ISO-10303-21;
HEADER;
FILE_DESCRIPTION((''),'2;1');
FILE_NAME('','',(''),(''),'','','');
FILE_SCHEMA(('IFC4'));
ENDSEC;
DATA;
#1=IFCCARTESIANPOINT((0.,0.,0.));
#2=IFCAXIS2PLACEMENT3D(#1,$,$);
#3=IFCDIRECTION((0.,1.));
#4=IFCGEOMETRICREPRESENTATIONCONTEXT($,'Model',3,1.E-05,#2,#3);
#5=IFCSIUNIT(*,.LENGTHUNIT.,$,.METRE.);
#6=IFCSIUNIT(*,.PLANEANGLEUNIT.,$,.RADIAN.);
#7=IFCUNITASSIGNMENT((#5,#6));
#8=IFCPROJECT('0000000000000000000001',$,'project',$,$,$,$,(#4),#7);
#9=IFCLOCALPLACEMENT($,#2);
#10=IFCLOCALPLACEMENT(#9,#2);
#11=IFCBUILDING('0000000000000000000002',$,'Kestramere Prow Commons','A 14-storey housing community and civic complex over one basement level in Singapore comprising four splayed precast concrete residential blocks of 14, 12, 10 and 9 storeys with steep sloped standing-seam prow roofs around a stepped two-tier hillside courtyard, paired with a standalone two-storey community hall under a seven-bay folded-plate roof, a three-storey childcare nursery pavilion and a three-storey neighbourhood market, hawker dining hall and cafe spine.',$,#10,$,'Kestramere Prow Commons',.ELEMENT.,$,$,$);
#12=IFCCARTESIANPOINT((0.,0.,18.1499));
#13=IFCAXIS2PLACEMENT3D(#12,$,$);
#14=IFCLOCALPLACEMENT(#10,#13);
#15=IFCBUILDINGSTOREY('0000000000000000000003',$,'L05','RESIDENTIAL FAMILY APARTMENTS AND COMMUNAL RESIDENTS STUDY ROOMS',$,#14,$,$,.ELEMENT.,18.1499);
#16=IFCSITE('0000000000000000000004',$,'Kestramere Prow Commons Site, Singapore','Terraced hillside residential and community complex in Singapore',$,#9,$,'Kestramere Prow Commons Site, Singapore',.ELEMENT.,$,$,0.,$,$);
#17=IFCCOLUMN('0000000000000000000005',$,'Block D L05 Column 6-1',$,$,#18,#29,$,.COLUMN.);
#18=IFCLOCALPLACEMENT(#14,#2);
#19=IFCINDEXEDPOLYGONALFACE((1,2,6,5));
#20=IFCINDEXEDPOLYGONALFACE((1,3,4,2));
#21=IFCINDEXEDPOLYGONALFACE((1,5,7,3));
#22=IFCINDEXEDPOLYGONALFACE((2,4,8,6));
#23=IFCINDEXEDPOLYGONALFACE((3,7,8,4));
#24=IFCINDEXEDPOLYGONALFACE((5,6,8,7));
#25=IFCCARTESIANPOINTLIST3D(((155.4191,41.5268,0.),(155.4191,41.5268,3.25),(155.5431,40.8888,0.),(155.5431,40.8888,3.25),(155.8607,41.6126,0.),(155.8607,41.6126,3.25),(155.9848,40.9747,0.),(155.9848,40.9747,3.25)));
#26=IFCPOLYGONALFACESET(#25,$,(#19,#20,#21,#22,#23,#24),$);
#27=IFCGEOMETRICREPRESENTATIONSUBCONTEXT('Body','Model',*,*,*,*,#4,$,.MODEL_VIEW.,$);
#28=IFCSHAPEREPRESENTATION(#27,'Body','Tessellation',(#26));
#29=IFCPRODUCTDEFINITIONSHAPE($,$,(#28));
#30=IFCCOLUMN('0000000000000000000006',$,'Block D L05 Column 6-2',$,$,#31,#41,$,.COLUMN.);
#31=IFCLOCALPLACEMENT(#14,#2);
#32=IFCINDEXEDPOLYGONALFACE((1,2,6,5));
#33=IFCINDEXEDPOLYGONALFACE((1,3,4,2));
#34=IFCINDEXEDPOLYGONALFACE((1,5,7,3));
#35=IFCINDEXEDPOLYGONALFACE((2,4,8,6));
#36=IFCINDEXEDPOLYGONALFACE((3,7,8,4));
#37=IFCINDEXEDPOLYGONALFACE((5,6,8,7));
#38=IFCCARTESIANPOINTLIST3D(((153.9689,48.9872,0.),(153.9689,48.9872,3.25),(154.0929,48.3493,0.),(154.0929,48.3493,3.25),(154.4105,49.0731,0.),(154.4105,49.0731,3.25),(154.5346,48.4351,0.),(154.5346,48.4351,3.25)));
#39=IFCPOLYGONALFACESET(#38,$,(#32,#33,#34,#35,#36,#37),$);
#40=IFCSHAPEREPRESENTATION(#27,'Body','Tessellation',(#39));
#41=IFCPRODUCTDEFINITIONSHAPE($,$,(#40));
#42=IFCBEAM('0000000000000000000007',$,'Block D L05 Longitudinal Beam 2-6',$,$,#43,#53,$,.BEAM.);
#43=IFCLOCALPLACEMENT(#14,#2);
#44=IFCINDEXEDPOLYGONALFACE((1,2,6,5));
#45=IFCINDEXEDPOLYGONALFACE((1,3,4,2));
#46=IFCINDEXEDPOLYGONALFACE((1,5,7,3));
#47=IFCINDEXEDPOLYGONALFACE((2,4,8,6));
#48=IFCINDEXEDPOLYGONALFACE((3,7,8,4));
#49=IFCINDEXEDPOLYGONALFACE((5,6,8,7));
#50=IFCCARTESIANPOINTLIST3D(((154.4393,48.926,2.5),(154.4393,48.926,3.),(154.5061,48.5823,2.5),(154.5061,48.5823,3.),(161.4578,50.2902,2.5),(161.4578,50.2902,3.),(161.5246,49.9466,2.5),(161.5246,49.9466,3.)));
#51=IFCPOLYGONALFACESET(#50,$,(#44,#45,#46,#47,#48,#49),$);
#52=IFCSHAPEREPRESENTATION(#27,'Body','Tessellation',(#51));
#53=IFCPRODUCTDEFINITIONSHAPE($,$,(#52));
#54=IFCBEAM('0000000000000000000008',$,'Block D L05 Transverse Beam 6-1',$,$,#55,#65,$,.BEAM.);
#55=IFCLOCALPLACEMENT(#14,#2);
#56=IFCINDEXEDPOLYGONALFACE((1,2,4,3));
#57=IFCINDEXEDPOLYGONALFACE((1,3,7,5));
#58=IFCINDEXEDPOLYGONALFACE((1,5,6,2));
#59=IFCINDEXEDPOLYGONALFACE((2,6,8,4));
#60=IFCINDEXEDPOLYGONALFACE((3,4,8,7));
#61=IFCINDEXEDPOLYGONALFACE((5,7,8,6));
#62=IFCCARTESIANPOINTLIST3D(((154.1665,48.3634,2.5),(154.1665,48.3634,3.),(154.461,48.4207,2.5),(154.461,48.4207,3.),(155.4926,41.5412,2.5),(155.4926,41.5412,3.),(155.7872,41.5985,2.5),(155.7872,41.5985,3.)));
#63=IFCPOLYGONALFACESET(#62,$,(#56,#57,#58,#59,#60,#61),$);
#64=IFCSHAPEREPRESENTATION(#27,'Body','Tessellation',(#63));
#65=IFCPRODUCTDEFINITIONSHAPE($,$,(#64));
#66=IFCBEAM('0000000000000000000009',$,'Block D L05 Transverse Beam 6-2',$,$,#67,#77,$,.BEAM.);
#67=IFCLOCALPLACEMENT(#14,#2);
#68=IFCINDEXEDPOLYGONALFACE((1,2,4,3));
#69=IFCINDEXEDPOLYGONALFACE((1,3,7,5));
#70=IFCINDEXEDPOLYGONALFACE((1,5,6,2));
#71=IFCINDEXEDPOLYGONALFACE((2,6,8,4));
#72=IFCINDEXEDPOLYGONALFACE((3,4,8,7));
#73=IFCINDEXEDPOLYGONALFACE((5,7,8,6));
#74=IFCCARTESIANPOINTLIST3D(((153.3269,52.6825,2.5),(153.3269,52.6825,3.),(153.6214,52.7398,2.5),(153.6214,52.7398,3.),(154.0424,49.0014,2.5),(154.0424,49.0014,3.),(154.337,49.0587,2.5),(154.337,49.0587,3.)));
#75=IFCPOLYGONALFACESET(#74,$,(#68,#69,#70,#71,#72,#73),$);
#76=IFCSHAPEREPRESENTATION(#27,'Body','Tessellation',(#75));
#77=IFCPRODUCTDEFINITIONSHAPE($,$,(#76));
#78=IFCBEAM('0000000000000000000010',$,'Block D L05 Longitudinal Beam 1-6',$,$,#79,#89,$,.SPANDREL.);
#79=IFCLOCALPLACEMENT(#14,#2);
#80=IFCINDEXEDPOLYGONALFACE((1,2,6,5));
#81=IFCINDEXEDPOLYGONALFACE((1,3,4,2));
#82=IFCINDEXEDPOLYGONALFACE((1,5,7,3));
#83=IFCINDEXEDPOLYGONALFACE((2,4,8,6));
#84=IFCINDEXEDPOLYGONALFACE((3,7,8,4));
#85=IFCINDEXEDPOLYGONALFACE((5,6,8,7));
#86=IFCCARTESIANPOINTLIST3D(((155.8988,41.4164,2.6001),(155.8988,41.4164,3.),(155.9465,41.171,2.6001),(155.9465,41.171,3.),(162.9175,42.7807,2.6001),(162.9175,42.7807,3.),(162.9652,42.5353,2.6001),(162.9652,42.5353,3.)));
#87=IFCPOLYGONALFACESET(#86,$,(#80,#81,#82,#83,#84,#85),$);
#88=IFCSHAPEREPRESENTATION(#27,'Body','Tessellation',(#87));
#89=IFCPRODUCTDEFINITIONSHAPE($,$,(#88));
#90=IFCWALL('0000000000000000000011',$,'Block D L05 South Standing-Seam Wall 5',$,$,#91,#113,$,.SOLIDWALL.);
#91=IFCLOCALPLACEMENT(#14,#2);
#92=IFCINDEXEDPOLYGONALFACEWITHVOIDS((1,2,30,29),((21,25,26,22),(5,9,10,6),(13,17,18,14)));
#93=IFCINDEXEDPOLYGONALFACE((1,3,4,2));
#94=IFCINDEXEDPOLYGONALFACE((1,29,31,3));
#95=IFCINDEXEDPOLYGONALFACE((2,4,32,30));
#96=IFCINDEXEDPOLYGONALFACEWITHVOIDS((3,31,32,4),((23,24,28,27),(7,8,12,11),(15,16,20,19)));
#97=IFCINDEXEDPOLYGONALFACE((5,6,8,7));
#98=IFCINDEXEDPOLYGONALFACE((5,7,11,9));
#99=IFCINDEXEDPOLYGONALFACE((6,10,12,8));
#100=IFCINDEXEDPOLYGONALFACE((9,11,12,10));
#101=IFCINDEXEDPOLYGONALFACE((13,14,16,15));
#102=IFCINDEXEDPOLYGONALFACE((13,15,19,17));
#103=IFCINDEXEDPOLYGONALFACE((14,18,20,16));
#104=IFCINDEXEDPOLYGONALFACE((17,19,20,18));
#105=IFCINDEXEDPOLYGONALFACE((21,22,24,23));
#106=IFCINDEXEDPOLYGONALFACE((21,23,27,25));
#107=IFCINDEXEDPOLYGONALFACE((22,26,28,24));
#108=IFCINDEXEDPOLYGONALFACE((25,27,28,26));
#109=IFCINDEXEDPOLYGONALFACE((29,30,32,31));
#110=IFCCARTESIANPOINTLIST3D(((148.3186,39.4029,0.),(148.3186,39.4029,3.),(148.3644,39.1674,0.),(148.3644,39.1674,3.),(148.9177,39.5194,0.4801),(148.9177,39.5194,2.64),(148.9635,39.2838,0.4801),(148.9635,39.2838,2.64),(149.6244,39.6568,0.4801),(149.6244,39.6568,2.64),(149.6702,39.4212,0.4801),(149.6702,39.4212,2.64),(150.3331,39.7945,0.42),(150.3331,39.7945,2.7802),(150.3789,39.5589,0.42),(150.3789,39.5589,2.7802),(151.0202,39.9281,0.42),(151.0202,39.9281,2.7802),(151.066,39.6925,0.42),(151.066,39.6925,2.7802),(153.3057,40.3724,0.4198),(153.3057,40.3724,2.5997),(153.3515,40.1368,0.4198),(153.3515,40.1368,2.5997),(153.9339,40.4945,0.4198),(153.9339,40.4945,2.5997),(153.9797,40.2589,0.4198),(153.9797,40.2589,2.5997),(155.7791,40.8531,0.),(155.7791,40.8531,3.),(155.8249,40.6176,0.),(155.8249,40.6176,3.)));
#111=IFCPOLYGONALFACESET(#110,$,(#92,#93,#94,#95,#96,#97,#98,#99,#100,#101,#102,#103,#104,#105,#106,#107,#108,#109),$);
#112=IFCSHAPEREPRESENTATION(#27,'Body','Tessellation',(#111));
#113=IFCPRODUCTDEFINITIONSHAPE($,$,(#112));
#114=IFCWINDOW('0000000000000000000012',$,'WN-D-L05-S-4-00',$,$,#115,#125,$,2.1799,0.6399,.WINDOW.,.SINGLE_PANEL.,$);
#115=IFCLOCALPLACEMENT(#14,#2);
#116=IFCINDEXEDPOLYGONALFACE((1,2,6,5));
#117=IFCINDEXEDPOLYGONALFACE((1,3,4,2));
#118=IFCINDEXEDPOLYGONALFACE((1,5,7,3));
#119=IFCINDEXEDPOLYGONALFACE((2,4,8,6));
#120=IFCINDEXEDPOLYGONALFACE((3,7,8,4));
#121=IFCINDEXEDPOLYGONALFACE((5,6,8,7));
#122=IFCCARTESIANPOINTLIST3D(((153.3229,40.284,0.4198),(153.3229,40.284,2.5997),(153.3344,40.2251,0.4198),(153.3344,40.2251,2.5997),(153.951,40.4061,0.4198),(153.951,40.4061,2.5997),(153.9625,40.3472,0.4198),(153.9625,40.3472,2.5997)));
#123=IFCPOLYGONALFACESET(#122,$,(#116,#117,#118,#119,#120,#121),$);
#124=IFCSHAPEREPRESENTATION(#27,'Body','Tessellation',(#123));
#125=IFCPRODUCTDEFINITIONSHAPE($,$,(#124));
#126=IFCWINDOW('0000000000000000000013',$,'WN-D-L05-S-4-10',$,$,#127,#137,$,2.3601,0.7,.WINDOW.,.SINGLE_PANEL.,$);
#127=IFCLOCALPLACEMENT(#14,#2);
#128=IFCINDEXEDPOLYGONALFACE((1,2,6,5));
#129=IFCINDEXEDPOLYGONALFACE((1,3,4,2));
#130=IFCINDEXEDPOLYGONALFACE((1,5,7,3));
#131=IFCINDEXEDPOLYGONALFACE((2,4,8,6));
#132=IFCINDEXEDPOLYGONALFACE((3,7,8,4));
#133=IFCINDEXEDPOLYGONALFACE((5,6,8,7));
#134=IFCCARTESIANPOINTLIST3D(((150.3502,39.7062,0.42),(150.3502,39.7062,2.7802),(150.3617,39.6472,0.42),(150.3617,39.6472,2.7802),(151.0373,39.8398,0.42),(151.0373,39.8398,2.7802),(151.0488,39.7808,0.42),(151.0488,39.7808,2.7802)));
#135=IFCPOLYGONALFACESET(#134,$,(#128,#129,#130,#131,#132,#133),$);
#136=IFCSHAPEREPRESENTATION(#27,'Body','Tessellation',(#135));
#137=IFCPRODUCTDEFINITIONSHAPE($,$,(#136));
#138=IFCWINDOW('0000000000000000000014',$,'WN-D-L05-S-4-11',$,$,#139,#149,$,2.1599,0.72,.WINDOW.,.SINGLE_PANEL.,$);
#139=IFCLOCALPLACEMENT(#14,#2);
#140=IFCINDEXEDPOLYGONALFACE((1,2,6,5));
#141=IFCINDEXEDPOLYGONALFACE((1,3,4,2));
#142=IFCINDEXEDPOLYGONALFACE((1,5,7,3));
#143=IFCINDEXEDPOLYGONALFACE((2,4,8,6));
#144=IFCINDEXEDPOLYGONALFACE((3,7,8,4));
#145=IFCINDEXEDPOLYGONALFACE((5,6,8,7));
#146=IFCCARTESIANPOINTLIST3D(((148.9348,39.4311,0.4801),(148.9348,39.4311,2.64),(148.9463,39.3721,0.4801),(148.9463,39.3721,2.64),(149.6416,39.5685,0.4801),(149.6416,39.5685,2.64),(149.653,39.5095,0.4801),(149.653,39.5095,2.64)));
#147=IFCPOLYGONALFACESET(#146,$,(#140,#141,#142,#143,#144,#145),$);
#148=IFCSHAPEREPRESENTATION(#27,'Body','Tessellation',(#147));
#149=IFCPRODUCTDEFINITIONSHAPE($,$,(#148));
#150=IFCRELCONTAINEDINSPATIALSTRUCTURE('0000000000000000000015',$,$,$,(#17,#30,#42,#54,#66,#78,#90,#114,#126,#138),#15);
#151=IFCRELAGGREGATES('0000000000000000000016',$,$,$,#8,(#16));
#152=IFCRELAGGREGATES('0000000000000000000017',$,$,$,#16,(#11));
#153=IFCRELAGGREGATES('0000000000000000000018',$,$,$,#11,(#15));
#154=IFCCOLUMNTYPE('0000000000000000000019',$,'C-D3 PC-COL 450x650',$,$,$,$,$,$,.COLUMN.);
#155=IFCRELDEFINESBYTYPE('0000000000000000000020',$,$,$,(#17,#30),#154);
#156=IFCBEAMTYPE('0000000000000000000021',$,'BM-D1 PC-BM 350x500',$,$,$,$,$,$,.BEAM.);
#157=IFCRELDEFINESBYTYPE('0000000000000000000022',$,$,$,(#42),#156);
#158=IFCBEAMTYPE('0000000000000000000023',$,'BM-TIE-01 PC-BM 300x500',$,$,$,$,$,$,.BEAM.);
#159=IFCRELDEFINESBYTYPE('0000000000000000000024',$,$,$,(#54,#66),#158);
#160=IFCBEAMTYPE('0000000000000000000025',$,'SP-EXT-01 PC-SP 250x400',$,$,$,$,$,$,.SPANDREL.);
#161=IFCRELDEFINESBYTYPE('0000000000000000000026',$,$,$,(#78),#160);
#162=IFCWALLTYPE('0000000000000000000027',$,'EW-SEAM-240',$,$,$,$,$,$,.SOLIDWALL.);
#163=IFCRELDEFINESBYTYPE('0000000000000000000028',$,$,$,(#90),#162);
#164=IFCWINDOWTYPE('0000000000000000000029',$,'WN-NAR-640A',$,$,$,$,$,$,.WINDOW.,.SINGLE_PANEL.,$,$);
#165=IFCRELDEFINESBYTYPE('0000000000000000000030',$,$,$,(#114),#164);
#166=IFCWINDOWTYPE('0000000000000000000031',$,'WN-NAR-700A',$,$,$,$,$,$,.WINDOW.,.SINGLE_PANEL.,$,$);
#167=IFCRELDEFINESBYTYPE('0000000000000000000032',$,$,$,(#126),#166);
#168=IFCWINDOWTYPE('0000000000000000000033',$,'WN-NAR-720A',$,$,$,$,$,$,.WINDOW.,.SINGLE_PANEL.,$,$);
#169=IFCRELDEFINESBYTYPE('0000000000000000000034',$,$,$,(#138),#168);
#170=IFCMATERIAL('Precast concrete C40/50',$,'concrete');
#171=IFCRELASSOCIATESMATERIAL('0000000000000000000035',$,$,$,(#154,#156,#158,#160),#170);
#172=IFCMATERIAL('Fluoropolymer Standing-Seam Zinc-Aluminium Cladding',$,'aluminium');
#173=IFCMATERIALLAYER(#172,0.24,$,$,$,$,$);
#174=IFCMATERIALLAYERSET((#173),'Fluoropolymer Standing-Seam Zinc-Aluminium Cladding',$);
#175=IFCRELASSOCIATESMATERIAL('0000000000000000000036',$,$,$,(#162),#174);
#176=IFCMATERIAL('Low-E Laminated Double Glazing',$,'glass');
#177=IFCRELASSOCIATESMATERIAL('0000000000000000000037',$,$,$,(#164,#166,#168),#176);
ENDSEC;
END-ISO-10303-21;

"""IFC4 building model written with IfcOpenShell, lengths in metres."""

from ifc_helpers import new_model, si_unit, direction, frame, frame_2d, origin, origin_2d, place, context, subcontext, project, spatial, rectangle, extrude, material, layer, layer_set, material_profile, profile_set, type_object, element, fill, save


model = new_model("IFC4")

# Units and contexts
model_context = context("Model", 3, precision=1e-05, world=origin(), true_north=direction((0.0, 1.0)))
body_context = subcontext(model_context, "Body", "Model", "MODEL_VIEW")
ifc_project = project(units=[si_unit("LENGTHUNIT", "METRE"), si_unit("PLANEANGLEUNIT", "RADIAN")], contexts=[model_context])

# Site, building, storey
site_placement = place(None, origin())
site = spatial("IfcSite", under=ifc_project, at=site_placement, Name="Kestramere Prow Commons Site, Singapore", Description="Terraced hillside residential and community complex in Singapore", LongName="Kestramere Prow Commons Site, Singapore", CompositionType="ELEMENT", RefElevation=0.0)
building_placement = place(site_placement, origin())
building = spatial("IfcBuilding", under=site, at=building_placement, Name="Kestramere Prow Commons", Description="A 14-storey housing community and civic complex over one basement level in Singapore comprising four splayed precast concrete residential blocks of 14, 12, 10 and 9 storeys with steep sloped standing-seam prow roofs around a stepped two-tier hillside courtyard, paired with a standalone two-storey community hall under a seven-bay folded-plate roof, a three-storey childcare nursery pavilion and a three-storey neighbourhood market, hawker dining hall and cafe spine.", LongName="Kestramere Prow Commons", CompositionType="ELEMENT")
storey_placement = place(building_placement, frame((0.0, 0.0, 18.1499)))
storey = spatial("IfcBuildingStorey", under=building, at=storey_placement, Name="L05", Description="RESIDENTIAL FAMILY APARTMENTS AND COMMUNAL RESIDENTS STUDY ROOMS", CompositionType="ELEMENT", Elevation=18.1499)

# Columns
ifc_material_1 = material(Name="Precast concrete C40/50", Category="concrete")
ifc_material_profile_1 = material_profile(ifc_material_1, rectangle(XDim=0.45, YDim=0.6499, at=origin_2d()), Name="PC-COL 450x650")
ifc_profile_set_1 = profile_set([ifc_material_profile_1], Name="Precast concrete C40/50")
column_type = type_object("IfcColumnType", Name="C-D3 PC-COL 450x650", PredefinedType="COLUMN", material=ifc_profile_set_1)
for number, where, z_axis, x_axis, name in (
    (1, (155.7019, 41.2507, 0.0), (0.0, 0.0, 1.0), (0.981627, 0.190809, 0.0), "Block D L05 Column 6-1"),
    (2, (154.2517, 48.7112, 0.0), (0.0, 0.0, 1.0), (0.981627, 0.190809, 0.0), "Block D L05 Column 6-2"),
):
    element("IfcColumn", number, at=place(storey_placement, frame(where, z_axis=z_axis, x_axis=x_axis)), inside=storey, type_object=column_type, Name=name, PredefinedType="COLUMN", context=body_context, shape_type="SweptSolid", body=[
        extrude(rectangle(XDim=0.45, YDim=0.6499, at=origin_2d()), origin(), (0.0, 0.0, 1.0), 3.25),
    ])

# Beams
ifc_material_profile_2 = material_profile(ifc_material_1, rectangle(XDim=0.3501, YDim=0.5, at=origin_2d()), Name="PC-BM 350x500")
ifc_profile_set_2 = profile_set([ifc_material_profile_2], Name="Precast concrete C40/50")
beam_type_1 = type_object("IfcBeamType", Name="BM-D1 PC-BM 350x500", PredefinedType="BEAM", material=ifc_profile_set_2)
beam_1_placement = place(storey_placement, frame((154.4727, 48.7542, 2.75), z_axis=(0.981627, 0.190808, 0.0), x_axis=(-0.190808, 0.981627, 0.0)))
element("IfcBeam", 3, at=beam_1_placement, inside=storey, type_object=beam_type_1, Name="Block D L05 Longitudinal Beam 2-6", PredefinedType="BEAM", context=body_context, shape_type="SweptSolid", body=[
    extrude(rectangle(XDim=0.3501, YDim=0.5, at=origin_2d()), origin(), (0.0, 0.0, 1.0), 7.1499),
])
ifc_material_profile_3 = material_profile(ifc_material_1, rectangle(XDim=0.3, YDim=0.5, at=origin_2d()), Name="PC-BM 300x500")
ifc_profile_set_3 = profile_set([ifc_material_profile_3], Name="Precast concrete C40/50")
beam_type_2 = type_object("IfcBeamType", Name="BM-TIE-01 PC-BM 300x500", PredefinedType="BEAM", material=ifc_profile_set_3)
beam_2_placement = place(storey_placement, frame((155.6399, 41.5698, 2.75), z_axis=(-0.190817, 0.981626, 0.0), x_axis=(-0.981626, -0.190817, 0.0)))
element("IfcBeam", 4, at=beam_2_placement, inside=storey, type_object=beam_type_2, Name="Block D L05 Transverse Beam 6-1", PredefinedType="BEAM", context=body_context, shape_type="SweptSolid", body=[
    extrude(rectangle(XDim=0.3, YDim=0.5, at=origin_2d()), origin(), (0.0, 0.0, 1.0), 6.95),
])
beam_3_placement = place(storey_placement, frame((154.1897, 49.03, 2.75), z_axis=(-0.190817, 0.981626, 0.0), x_axis=(-0.981626, -0.190817, 0.0)))
element("IfcBeam", 5, at=beam_3_placement, inside=storey, type_object=beam_type_2, Name="Block D L05 Transverse Beam 6-2", PredefinedType="BEAM", context=body_context, shape_type="SweptSolid", body=[
    extrude(rectangle(XDim=0.3, YDim=0.5, at=origin_2d()), origin(), (0.0, 0.0, 1.0), 3.75),
])
ifc_material_profile_4 = material_profile(ifc_material_1, rectangle(XDim=0.25, YDim=0.3999, at=origin_2d()), Name="PC-SP 250x400")
ifc_profile_set_4 = profile_set([ifc_material_profile_4], Name="Precast concrete C40/50")
beam_type_3 = type_object("IfcBeamType", Name="SP-EXT-01 PC-SP 250x400", PredefinedType="SPANDREL", material=ifc_profile_set_4)
beam_4_placement = place(storey_placement, frame((155.9226, 41.2937, 2.8), z_axis=(0.981629, 0.190801, 0.0), x_axis=(-0.190801, 0.981629, 0.0)))
element("IfcBeam", 6, at=beam_4_placement, inside=storey, type_object=beam_type_3, Name="Block D L05 Longitudinal Beam 1-6", PredefinedType="SPANDREL", context=body_context, shape_type="SweptSolid", body=[
    extrude(rectangle(XDim=0.25, YDim=0.3999, at=origin_2d()), origin(), (0.0, 0.0, 1.0), 7.1501),
])

# Wall, openings, windows
ifc_material_2 = material(Name="Fluoropolymer Standing-Seam Zinc-Aluminium Cladding", Category="aluminium")
ifc_layer_1 = layer(ifc_material_2, 0.24)
ifc_layer_set_1 = layer_set([ifc_layer_1], Name="Fluoropolymer Standing-Seam Zinc-Aluminium Cladding")
wall_type_1 = type_object("IfcWallType", Name="EW-SEAM-240", PredefinedType="SOLIDWALL", material=ifc_layer_set_1)
wall_1_placement = place(storey_placement, frame((155.802, 40.7354, 0.0), z_axis=(0.0, 0.0, 1.0), x_axis=(-0.981626, -0.190813, 0.0)))
wall_1 = element("IfcWall", 7, at=wall_1_placement, inside=storey, type_object=wall_type_1, Name="Block D L05 South Standing-Seam Wall 5", PredefinedType="SOLIDWALL", context=body_context, shape_type="SweptSolid", body=[
    extrude(rectangle(XDim=7.6001, YDim=0.24, at=frame_2d((3.8, 0.0))), origin(), (0.0, 0.0, 1.0), 3.0),
])
opening_1_placement = place(wall_1_placement, frame((1.8799, 0.0, 0.4199)))
opening_1 = element("IfcOpeningElement", 8, at=opening_1_placement, cuts=wall_1, PredefinedType="OPENING", context=body_context, shape_type="SweptSolid", body=[
    extrude(rectangle(XDim=0.6399, YDim=2.1799, at=frame_2d((0.3198, 1.0898))), frame((0.0, 0.135, 0.0), z_axis=(0.0, -1.0, 0.0), x_axis=(1.0, 0.0, 0.0)), (0.0, 0.0, 1.0), 0.27),
])
opening_2_placement = place(wall_1_placement, frame((4.8479, 0.0, 0.4199)))
opening_2 = element("IfcOpeningElement", 9, at=opening_2_placement, cuts=wall_1, PredefinedType="OPENING", context=body_context, shape_type="SweptSolid", body=[
    extrude(rectangle(XDim=0.7, YDim=2.3601, at=frame_2d((0.3501, 1.1802))), frame((0.0, 0.135, 0.0), z_axis=(0.0, -1.0, 0.0), x_axis=(1.0, 0.0, 0.0)), (0.0, 0.0, 1.0), 0.27),
])
opening_3_placement = place(wall_1_placement, frame((6.27, 0.0, 0.48)))
opening_3 = element("IfcOpeningElement", 10, at=opening_3_placement, cuts=wall_1, PredefinedType="OPENING", context=body_context, shape_type="SweptSolid", body=[
    extrude(rectangle(XDim=0.72, YDim=2.1599, at=frame_2d((0.3599, 1.0801))), frame((0.0, 0.135, 0.0), z_axis=(0.0, -1.0, 0.0), x_axis=(1.0, 0.0, 0.0)), (0.0, 0.0, 1.0), 0.27),
])
ifc_material_3 = material(Name="Low-E Laminated Double Glazing", Category="glass")
window_type_1 = type_object("IfcWindowType", Name="WN-NAR-640A", PartitioningType="SINGLE_PANEL", PredefinedType="WINDOW", material=ifc_material_3)
window_1_placement = place(opening_1_placement, origin())
window_1 = element("IfcWindow", 11, at=window_1_placement, inside=storey, type_object=window_type_1, Name="WN-D-L05-S-4-00", OverallHeight=2.1799, OverallWidth=0.6399, PartitioningType="SINGLE_PANEL", PredefinedType="WINDOW", context=body_context, shape_type="SweptSolid", body=[
    extrude(rectangle(XDim=0.6399, YDim=2.1799, at=frame_2d((0.3198, 1.0898))), frame((0.0, 0.03, 0.0), z_axis=(0.0, -1.0, 0.0), x_axis=(1.0, 0.0, 0.0)), (0.0, 0.0, 1.0), 0.0601),
])
fill(opening_1, window_1)
window_type_2 = type_object("IfcWindowType", Name="WN-NAR-700A", PartitioningType="SINGLE_PANEL", PredefinedType="WINDOW", material=ifc_material_3)
window_2_placement = place(opening_2_placement, origin())
window_2 = element("IfcWindow", 12, at=window_2_placement, inside=storey, type_object=window_type_2, Name="WN-D-L05-S-4-10", OverallHeight=2.3601, OverallWidth=0.7, PartitioningType="SINGLE_PANEL", PredefinedType="WINDOW", context=body_context, shape_type="SweptSolid", body=[
    extrude(rectangle(XDim=0.7, YDim=2.3601, at=frame_2d((0.3501, 1.1802))), frame((0.0, 0.03, 0.0), z_axis=(0.0, -1.0, 0.0), x_axis=(1.0, 0.0, 0.0)), (0.0, 0.0, 1.0), 0.0601),
])
fill(opening_2, window_2)
window_type_3 = type_object("IfcWindowType", Name="WN-NAR-720A", PartitioningType="SINGLE_PANEL", PredefinedType="WINDOW", material=ifc_material_3)
window_3_placement = place(opening_3_placement, origin())
window_3 = element("IfcWindow", 13, at=window_3_placement, inside=storey, type_object=window_type_3, Name="WN-D-L05-S-4-11", OverallHeight=2.1599, OverallWidth=0.72, PartitioningType="SINGLE_PANEL", PredefinedType="WINDOW", context=body_context, shape_type="SweptSolid", body=[
    extrude(rectangle(XDim=0.72, YDim=2.1599, at=frame_2d((0.3599, 1.0801))), frame((0.0, 0.03, 0.0), z_axis=(0.0, -1.0, 0.0), x_axis=(1.0, 0.0, 0.0)), (0.0, 0.0, 1.0), 0.0601),
])
fill(opening_3, window_3)

save(model, "model.ifc")
